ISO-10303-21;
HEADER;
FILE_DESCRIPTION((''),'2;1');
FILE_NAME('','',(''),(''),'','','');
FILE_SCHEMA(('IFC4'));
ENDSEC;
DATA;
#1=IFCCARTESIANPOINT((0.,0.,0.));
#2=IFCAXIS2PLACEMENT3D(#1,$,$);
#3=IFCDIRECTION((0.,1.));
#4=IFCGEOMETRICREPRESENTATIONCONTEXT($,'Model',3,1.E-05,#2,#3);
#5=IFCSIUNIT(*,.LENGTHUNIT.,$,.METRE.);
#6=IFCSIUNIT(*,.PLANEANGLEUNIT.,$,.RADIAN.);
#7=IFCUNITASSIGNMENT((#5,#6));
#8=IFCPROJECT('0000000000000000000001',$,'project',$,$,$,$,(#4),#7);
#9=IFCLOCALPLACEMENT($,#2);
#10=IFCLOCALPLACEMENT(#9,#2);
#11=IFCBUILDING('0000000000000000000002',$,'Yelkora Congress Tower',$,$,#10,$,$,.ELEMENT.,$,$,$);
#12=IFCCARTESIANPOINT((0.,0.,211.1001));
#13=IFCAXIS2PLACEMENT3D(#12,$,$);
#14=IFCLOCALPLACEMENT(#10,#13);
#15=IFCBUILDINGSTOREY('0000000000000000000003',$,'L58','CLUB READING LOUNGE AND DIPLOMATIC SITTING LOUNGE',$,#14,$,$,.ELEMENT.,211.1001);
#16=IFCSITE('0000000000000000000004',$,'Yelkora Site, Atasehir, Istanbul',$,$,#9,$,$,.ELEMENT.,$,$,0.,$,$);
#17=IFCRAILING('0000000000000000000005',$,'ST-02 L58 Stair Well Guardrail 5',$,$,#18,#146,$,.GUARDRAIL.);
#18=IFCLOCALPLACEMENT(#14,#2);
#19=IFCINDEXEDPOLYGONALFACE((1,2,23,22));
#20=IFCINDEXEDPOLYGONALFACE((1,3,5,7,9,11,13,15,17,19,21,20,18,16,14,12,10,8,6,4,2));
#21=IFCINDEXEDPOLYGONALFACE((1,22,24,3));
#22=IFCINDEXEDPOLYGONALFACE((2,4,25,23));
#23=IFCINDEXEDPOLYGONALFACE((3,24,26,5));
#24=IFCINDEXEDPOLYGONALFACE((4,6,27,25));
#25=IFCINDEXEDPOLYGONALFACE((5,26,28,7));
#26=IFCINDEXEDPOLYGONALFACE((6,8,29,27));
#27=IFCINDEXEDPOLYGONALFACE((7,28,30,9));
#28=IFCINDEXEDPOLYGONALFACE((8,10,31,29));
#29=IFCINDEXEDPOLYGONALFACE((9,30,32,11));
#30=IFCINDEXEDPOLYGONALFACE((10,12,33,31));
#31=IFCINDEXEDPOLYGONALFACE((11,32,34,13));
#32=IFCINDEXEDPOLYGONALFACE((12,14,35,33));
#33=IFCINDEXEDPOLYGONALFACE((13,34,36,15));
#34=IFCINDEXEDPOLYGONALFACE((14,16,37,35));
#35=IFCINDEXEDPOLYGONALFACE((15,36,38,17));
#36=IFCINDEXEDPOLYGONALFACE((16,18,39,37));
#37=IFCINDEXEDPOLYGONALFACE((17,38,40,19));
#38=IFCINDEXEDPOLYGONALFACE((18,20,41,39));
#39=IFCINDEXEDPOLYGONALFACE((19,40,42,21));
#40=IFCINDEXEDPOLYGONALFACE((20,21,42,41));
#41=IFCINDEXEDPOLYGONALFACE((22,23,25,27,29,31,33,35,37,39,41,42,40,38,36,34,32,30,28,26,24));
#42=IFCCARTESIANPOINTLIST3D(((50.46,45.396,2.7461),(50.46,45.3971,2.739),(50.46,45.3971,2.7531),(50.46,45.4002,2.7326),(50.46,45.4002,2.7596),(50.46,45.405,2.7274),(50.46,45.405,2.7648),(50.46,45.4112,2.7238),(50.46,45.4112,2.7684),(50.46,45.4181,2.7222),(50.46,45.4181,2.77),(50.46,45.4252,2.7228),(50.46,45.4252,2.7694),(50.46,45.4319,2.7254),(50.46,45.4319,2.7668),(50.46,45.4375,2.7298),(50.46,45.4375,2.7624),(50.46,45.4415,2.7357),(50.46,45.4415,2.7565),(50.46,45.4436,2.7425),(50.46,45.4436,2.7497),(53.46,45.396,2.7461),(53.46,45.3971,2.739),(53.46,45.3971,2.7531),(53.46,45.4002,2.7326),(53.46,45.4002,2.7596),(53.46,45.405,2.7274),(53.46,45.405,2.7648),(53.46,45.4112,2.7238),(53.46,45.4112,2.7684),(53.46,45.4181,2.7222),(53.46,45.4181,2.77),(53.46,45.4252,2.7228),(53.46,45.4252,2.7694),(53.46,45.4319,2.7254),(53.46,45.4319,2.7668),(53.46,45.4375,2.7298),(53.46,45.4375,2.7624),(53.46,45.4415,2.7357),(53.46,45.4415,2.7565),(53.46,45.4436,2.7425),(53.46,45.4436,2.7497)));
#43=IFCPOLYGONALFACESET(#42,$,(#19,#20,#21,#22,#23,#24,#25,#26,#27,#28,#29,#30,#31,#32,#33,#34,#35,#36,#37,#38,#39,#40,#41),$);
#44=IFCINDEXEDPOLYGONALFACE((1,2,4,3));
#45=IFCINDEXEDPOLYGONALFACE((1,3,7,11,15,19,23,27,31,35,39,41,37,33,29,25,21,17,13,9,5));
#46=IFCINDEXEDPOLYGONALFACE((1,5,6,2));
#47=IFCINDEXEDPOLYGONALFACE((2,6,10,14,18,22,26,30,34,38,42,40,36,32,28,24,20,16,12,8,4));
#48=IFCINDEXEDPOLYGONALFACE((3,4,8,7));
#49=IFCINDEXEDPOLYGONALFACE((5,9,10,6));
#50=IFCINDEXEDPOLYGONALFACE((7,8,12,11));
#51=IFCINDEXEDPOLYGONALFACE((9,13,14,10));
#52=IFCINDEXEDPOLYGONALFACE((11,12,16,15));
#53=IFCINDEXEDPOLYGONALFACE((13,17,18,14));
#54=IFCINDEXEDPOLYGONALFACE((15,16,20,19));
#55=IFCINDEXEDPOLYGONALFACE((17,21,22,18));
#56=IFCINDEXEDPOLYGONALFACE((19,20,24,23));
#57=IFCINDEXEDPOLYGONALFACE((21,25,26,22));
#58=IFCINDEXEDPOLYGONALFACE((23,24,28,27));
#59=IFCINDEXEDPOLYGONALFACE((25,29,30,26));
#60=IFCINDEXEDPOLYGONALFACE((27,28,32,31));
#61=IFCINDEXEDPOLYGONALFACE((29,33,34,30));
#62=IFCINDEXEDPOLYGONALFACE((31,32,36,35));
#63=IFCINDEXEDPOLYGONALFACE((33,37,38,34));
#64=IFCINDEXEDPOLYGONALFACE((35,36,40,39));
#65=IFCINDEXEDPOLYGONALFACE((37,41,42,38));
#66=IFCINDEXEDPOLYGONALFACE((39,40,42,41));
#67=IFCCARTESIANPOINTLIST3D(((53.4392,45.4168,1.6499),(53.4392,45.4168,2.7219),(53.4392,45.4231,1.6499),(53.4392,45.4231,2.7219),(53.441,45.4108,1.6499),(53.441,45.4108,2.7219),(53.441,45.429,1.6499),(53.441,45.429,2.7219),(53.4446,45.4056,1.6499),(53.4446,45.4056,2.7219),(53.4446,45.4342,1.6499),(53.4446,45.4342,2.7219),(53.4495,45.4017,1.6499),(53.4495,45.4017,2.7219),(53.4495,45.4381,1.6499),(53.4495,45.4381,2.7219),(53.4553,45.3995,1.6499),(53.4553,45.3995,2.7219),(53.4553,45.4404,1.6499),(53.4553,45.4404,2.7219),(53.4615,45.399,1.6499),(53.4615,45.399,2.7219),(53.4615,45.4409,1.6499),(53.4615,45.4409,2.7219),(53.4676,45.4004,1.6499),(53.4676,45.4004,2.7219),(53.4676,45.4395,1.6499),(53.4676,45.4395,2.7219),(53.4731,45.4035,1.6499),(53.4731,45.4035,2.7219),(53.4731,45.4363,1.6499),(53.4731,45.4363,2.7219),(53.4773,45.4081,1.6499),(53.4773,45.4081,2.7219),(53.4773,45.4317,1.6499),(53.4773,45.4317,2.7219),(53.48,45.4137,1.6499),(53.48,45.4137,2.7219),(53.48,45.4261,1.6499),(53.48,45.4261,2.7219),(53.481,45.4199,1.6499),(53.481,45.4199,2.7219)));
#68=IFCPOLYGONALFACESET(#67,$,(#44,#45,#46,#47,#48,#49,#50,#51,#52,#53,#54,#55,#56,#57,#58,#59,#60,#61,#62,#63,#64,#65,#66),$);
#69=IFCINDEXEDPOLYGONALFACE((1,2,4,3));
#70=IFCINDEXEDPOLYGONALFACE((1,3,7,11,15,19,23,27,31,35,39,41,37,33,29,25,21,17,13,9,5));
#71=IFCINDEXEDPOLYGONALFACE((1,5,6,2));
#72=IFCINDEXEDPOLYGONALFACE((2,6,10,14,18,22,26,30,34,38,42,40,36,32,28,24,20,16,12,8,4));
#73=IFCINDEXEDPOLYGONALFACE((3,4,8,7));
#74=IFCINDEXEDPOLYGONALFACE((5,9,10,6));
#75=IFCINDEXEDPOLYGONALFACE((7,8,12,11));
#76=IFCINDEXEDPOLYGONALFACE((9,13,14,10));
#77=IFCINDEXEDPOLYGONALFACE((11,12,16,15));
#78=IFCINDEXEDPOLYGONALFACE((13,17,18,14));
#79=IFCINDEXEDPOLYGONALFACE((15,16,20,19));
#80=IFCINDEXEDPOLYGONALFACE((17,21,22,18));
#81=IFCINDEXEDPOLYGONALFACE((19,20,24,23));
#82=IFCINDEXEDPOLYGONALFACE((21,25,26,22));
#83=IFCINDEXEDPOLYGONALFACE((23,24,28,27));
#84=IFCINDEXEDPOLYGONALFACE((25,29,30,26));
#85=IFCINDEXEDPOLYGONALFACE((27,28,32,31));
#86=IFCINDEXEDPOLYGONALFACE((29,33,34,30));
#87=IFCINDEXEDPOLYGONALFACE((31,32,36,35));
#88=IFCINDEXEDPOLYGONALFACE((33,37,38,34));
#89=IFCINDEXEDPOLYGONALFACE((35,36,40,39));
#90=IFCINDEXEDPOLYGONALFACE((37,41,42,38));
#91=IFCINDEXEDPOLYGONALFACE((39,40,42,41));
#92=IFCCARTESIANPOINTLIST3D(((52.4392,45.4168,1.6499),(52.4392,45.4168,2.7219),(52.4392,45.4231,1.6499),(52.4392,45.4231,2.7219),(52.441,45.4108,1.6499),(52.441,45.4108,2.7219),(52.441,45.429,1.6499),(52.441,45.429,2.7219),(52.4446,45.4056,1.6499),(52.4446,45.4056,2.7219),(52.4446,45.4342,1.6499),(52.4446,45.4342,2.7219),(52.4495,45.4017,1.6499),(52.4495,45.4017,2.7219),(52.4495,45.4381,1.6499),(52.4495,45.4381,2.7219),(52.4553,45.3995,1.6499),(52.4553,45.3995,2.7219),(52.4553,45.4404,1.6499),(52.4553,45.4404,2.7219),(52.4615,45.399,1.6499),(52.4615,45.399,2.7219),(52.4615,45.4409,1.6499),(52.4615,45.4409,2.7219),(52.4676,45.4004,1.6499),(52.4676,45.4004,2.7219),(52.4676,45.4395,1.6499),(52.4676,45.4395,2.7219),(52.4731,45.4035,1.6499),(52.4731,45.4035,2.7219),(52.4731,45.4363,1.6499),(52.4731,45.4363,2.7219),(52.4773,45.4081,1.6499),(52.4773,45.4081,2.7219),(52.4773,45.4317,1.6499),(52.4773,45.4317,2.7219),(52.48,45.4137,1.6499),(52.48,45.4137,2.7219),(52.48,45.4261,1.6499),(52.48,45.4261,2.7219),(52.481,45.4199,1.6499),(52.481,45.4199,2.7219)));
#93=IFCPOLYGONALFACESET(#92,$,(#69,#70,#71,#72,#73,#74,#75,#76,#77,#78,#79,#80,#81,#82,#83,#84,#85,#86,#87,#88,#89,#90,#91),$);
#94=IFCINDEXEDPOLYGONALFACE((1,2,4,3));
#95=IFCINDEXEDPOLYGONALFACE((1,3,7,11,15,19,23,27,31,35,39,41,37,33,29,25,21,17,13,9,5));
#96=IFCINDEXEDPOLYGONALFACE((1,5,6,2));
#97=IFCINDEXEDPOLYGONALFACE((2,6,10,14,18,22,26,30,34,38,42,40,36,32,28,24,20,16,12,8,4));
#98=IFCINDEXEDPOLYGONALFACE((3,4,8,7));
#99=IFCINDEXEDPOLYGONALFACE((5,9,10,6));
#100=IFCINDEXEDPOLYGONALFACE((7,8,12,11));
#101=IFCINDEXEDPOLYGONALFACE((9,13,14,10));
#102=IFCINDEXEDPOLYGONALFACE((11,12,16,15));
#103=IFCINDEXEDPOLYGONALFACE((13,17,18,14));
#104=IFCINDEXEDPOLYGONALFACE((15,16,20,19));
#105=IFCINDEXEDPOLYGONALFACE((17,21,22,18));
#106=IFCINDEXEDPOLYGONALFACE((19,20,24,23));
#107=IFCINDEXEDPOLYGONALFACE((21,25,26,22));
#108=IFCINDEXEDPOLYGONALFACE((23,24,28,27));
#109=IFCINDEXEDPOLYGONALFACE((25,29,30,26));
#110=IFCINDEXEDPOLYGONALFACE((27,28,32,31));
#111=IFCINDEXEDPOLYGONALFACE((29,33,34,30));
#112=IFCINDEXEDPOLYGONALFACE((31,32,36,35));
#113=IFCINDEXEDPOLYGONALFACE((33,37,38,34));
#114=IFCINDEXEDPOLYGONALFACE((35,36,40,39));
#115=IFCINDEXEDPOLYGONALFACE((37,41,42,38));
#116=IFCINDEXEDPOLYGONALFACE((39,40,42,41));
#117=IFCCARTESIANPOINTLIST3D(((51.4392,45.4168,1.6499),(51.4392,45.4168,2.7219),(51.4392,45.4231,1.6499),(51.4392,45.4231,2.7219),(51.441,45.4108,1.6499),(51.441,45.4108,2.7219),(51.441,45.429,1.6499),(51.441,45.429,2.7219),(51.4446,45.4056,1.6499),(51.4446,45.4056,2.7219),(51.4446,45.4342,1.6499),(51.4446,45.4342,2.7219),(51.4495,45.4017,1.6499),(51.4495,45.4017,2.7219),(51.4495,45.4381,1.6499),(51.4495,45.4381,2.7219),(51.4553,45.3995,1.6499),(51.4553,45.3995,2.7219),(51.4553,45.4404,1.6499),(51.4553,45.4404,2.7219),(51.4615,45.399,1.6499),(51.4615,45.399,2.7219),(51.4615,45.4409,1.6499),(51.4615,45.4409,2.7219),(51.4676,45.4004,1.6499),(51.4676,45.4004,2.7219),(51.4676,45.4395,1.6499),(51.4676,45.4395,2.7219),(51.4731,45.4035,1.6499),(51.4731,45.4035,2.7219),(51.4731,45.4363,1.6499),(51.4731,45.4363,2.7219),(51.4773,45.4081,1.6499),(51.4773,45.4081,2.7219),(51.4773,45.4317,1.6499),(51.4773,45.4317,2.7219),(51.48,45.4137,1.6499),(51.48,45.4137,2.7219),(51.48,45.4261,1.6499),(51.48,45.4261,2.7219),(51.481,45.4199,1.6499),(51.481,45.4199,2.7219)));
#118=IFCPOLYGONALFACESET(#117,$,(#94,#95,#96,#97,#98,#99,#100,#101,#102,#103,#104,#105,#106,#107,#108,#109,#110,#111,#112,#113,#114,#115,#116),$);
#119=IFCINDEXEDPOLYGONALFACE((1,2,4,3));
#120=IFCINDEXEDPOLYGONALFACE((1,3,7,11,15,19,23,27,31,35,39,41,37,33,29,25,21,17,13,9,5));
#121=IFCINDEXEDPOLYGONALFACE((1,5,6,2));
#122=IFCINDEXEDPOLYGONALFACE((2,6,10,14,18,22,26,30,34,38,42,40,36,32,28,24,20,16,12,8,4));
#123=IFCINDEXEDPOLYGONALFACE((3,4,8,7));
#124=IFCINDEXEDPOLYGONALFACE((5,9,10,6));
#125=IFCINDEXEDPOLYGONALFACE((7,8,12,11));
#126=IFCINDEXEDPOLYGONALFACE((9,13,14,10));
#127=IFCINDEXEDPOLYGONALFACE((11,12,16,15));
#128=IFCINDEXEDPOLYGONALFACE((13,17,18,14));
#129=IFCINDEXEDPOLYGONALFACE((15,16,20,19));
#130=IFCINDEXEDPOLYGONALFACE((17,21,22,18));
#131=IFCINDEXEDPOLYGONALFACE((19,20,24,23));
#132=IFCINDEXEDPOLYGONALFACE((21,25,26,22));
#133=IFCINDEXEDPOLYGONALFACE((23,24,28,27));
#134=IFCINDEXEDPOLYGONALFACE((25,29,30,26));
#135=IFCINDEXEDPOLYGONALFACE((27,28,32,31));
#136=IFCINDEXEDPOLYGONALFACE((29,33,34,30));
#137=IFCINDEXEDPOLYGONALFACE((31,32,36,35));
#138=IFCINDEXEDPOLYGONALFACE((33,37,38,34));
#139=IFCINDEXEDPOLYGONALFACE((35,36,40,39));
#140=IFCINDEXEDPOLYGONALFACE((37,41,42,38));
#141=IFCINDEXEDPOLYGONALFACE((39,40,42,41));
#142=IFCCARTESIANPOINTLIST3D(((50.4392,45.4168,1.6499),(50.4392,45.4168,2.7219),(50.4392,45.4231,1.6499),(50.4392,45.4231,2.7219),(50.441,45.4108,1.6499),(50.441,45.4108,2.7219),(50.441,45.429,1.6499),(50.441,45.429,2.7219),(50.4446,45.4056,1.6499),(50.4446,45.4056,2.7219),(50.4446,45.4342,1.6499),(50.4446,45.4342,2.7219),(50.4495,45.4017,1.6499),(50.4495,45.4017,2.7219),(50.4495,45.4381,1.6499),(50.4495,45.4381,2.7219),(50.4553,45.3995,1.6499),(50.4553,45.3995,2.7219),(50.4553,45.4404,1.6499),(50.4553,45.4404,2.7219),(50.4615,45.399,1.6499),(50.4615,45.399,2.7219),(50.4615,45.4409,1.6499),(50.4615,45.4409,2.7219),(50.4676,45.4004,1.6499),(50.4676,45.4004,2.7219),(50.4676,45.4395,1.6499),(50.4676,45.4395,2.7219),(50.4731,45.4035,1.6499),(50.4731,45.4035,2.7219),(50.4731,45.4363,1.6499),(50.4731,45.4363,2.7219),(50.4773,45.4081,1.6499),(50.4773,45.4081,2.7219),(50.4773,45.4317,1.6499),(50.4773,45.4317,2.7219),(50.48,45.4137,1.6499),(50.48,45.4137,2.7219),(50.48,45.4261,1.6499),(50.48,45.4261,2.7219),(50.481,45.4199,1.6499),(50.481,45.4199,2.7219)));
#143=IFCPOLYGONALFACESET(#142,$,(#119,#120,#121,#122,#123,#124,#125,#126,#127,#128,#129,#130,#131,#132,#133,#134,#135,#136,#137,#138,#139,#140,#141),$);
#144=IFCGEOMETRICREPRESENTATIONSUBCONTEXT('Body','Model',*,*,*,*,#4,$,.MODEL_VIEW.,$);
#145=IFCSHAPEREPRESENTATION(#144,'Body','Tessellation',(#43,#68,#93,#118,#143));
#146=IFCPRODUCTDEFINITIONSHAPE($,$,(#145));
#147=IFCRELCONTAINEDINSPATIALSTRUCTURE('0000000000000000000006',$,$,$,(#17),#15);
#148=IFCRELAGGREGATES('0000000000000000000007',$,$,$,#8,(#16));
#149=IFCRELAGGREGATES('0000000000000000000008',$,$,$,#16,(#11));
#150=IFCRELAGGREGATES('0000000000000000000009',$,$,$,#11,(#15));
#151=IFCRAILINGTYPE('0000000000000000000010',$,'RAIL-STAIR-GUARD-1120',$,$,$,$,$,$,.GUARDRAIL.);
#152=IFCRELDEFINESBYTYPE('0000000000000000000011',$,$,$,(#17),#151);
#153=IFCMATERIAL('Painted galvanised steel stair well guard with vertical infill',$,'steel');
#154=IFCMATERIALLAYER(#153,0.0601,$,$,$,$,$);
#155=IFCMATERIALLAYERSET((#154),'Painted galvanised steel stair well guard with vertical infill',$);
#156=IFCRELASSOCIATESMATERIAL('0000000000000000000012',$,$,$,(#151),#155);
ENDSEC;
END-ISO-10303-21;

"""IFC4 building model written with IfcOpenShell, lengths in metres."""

from ifc_helpers import new_model, si_unit, direction, frame, origin, origin_2d, place, context, subcontext, project, spatial, circle, extrude, material, layer, layer_set, type_object, element, save


model = new_model("IFC4")

# Units and contexts
model_context = context("Model", 3, precision=1e-05, world=origin(), true_north=direction((0.0, 1.0)))
body_context = subcontext(model_context, "Body", "Model", "MODEL_VIEW")
ifc_project = project(units=[si_unit("LENGTHUNIT", "METRE"), si_unit("PLANEANGLEUNIT", "RADIAN")], contexts=[model_context])

# Site, building, storey
site_placement = place(None, origin())
site = spatial("IfcSite", under=ifc_project, at=site_placement, Name="Yelkora Site, Atasehir, Istanbul", CompositionType="ELEMENT", RefElevation=0.0)
building_placement = place(site_placement, origin())
building = spatial("IfcBuilding", under=site, at=building_placement, Name="Yelkora Congress Tower", CompositionType="ELEMENT")
storey_placement = place(building_placement, frame((0.0, 0.0, 211.1001)))
storey = spatial("IfcBuildingStorey", under=building, at=storey_placement, Name="L58", Description="CLUB READING LOUNGE AND DIPLOMATIC SITTING LOUNGE", CompositionType="ELEMENT", Elevation=211.1001)

# Railing
ifc_material_1 = material(Name="Painted galvanised steel stair well guard with vertical infill", Category="steel")
ifc_layer_1 = layer(ifc_material_1, 0.0601)
ifc_layer_set_1 = layer_set([ifc_layer_1], Name="Painted galvanised steel stair well guard with vertical infill")
railing_type_1 = type_object("IfcRailingType", Name="RAIL-STAIR-GUARD-1120", PredefinedType="GUARDRAIL", material=ifc_layer_set_1)
railing_1_placement = place(storey_placement, frame((53.46, 45.4199, 1.6499)))
element("IfcRailing", 1, at=railing_1_placement, inside=storey, type_object=railing_type_1, Name="ST-02 L58 Stair Well Guardrail 5", PredefinedType="GUARDRAIL", context=body_context, shape_type="SweptSolid", body=[
    extrude(circle(Radius=0.0239, at=origin_2d()), frame((0.0, 0.0, 1.0962), z_axis=(-1.0, 0.0, 0.0), x_axis=(0.0, -1.0, 0.0)), (0.0, 0.0, 1.0), 3.0),
    extrude(circle(Radius=0.021, at=origin_2d()), origin(), (0.0, 0.0, 1.0), 1.072),
    extrude(circle(Radius=0.021, at=origin_2d()), frame((-1.0, 0.0, 0.0)), (0.0, 0.0, 1.0), 1.072),
    extrude(circle(Radius=0.021, at=origin_2d()), frame((-2.0, 0.0, 0.0)), (0.0, 0.0, 1.0), 1.072),
    extrude(circle(Radius=0.021, at=origin_2d()), frame((-3.0, 0.0, 0.0)), (0.0, 0.0, 1.0), 1.072),
])

save(model, "model.ifc")
